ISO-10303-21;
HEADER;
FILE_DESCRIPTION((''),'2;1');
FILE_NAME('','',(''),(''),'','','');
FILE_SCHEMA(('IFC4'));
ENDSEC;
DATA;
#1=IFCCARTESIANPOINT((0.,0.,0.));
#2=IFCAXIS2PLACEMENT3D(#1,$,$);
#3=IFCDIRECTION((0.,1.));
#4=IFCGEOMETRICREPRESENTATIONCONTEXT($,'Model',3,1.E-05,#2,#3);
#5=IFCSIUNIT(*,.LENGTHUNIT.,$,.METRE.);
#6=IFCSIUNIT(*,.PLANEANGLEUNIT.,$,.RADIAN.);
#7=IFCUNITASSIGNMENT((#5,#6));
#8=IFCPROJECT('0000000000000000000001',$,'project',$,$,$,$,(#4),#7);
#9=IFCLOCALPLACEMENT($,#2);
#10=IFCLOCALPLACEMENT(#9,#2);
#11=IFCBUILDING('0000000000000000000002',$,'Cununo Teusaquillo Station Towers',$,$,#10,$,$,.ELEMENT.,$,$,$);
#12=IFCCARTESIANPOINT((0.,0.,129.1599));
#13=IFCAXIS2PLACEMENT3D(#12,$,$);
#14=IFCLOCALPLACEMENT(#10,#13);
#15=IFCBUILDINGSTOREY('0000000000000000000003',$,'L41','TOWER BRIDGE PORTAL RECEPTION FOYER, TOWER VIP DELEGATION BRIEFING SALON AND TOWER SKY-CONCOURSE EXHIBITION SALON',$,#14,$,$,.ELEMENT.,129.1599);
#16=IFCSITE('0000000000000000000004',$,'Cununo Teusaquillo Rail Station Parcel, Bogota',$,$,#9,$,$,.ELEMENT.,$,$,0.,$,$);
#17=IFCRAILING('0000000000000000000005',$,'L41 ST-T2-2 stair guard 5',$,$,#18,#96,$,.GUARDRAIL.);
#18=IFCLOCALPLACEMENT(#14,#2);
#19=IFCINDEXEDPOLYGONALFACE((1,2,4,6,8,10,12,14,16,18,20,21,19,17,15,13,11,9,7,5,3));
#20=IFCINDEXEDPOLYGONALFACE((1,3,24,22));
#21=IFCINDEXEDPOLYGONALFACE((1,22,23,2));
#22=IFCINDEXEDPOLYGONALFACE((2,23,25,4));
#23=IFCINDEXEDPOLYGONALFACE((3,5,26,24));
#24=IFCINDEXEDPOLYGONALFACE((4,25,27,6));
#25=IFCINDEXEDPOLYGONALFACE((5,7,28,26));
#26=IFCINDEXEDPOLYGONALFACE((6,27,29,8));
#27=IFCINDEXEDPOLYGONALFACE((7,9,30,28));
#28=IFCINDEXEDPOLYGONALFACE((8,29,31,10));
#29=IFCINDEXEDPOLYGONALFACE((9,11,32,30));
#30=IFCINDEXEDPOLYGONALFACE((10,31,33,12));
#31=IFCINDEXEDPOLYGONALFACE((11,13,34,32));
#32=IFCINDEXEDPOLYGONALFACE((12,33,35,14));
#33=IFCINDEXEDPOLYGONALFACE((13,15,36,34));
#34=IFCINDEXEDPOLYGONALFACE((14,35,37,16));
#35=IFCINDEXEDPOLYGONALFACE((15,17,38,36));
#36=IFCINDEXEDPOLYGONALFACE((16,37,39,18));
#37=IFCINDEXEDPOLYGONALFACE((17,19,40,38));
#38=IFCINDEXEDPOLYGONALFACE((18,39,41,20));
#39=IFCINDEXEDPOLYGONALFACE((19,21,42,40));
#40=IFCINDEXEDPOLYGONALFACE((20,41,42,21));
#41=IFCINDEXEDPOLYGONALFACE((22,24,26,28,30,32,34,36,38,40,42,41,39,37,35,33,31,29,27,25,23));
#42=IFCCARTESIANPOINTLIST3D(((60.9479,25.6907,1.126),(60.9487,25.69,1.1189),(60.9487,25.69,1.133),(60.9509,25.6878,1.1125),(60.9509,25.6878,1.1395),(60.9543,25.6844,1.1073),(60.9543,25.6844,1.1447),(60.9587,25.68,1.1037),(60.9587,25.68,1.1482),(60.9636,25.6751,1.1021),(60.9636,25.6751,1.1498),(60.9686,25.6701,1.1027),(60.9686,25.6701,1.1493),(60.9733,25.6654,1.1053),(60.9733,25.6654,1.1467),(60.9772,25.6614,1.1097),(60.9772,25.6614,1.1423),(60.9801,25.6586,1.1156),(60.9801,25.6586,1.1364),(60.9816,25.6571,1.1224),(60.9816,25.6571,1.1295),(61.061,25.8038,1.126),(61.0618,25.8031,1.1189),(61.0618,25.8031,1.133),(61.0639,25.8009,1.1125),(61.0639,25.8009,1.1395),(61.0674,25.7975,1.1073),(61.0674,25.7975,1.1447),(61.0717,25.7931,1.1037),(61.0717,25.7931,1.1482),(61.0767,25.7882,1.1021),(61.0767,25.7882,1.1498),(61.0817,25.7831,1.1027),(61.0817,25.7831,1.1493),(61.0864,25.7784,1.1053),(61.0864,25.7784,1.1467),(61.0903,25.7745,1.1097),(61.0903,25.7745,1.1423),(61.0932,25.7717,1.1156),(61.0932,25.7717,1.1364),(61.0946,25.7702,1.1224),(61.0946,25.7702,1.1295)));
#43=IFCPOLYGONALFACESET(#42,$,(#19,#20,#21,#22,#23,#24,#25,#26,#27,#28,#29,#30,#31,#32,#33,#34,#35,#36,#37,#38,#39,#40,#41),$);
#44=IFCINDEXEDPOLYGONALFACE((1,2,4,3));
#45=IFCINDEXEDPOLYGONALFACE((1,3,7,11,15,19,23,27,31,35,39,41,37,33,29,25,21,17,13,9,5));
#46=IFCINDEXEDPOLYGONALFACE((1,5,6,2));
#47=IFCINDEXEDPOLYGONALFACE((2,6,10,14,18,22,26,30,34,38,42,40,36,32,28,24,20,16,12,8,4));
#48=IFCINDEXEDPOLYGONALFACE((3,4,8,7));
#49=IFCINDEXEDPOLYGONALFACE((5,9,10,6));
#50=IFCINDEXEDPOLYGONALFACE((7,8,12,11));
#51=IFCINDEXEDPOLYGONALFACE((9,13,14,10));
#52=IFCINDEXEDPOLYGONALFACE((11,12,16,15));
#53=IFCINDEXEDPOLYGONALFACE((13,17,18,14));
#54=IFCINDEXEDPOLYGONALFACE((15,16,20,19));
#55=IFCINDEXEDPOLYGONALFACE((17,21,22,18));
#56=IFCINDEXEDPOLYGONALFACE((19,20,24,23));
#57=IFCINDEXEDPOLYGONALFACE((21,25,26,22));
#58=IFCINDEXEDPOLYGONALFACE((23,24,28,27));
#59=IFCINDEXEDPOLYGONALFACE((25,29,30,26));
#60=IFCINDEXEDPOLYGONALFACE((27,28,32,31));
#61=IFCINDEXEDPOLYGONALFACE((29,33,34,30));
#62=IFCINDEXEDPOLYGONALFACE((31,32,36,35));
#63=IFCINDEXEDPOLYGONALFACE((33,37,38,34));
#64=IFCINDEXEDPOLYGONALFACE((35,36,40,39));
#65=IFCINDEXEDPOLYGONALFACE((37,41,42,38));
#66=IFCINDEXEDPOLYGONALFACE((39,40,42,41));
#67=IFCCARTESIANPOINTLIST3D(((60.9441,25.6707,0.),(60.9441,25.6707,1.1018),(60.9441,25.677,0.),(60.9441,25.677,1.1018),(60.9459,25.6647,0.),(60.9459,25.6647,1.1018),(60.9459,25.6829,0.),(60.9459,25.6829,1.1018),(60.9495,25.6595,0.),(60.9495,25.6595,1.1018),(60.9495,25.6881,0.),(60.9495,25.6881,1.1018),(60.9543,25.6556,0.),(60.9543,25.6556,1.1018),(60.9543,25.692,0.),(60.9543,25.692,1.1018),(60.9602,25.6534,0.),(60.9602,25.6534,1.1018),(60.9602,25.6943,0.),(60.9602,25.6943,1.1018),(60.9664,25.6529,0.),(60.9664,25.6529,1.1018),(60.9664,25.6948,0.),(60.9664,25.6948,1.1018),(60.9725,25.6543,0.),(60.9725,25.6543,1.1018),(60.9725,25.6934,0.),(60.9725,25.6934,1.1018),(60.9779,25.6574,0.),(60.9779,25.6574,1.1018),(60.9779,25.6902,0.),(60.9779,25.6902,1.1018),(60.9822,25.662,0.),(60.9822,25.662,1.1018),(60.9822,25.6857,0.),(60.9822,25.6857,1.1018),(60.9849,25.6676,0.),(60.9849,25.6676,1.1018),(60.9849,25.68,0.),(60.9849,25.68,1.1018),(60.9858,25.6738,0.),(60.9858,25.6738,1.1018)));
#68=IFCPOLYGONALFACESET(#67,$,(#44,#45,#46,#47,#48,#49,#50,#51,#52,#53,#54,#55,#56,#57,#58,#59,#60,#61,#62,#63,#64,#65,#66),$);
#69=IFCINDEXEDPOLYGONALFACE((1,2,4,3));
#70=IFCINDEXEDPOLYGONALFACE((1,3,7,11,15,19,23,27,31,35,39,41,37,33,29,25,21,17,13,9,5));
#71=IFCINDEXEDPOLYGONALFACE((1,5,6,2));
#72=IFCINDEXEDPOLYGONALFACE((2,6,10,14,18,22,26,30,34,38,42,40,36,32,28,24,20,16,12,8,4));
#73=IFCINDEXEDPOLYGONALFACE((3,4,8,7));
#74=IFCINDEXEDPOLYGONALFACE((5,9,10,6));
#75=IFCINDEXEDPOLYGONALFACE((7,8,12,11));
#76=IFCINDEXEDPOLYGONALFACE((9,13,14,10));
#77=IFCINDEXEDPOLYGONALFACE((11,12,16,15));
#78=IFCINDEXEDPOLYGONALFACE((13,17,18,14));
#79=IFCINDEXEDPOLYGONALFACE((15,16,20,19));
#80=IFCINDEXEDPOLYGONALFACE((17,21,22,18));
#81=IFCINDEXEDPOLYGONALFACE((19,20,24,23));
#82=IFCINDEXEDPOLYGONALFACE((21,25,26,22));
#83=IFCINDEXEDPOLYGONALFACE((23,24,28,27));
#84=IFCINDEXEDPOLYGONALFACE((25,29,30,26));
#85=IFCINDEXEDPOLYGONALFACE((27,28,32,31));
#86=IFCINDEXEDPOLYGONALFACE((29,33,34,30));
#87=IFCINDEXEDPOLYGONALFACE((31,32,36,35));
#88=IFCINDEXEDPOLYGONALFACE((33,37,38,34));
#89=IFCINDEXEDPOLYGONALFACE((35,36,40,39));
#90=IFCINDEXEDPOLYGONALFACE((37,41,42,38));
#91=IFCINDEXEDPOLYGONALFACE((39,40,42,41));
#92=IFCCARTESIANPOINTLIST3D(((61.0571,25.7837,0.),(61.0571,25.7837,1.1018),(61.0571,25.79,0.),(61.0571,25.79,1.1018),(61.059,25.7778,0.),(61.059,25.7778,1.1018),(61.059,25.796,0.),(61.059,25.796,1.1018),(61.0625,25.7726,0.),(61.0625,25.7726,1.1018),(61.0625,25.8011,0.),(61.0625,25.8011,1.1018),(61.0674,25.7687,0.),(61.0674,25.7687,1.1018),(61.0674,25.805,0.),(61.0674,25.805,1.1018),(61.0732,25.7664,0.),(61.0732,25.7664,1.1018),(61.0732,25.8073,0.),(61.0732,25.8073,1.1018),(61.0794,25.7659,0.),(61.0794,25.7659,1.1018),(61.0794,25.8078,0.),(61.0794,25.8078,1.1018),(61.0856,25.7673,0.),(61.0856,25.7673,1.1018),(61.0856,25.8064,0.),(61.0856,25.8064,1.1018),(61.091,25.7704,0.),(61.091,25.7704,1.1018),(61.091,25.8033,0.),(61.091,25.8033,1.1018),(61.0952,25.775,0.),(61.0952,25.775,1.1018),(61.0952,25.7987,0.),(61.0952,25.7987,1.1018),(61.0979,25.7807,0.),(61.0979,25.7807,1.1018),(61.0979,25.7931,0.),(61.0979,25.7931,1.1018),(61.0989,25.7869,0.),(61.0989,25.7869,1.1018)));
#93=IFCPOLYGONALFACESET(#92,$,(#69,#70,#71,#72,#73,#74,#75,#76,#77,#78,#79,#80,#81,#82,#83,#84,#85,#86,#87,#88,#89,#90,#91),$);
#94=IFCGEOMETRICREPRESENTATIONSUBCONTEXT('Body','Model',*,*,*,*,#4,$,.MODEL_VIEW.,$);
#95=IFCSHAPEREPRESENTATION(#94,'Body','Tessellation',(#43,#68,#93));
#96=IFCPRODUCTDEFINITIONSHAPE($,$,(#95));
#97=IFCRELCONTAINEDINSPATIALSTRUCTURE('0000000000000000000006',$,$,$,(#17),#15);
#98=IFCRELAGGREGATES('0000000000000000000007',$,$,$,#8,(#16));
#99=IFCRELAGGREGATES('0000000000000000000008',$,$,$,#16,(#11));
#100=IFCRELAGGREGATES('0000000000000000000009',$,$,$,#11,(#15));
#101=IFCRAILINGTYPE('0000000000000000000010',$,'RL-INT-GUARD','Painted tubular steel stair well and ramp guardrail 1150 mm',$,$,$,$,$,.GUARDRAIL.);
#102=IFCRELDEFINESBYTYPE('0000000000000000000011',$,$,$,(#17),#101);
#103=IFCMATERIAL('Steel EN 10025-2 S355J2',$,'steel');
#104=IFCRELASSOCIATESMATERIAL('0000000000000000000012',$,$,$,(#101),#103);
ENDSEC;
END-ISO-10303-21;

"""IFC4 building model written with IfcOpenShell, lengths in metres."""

from ifc_helpers import new_model, si_unit, direction, frame, origin, origin_2d, place, context, subcontext, project, spatial, circle, extrude, material, type_object, element, save


model = new_model("IFC4")

# Units and contexts
model_context = context("Model", 3, precision=1e-05, world=origin(), true_north=direction((0.0, 1.0)))
body_context = subcontext(model_context, "Body", "Model", "MODEL_VIEW")
ifc_project = project(units=[si_unit("LENGTHUNIT", "METRE"), si_unit("PLANEANGLEUNIT", "RADIAN")], contexts=[model_context])

# Site, building, storey
site_placement = place(None, origin())
site = spatial("IfcSite", under=ifc_project, at=site_placement, Name="Cununo Teusaquillo Rail Station Parcel, Bogota", CompositionType="ELEMENT", RefElevation=0.0)
building_placement = place(site_placement, origin())
building = spatial("IfcBuilding", under=site, at=building_placement, Name="Cununo Teusaquillo Station Towers", CompositionType="ELEMENT")
storey_placement = place(building_placement, frame((0.0, 0.0, 129.1599)))
storey = spatial("IfcBuildingStorey", under=building, at=storey_placement, Name="L41", Description="TOWER BRIDGE PORTAL RECEPTION FOYER, TOWER VIP DELEGATION BRIEFING SALON AND TOWER SKY-CONCOURSE EXHIBITION SALON", CompositionType="ELEMENT", Elevation=129.1599)

# Railing
ifc_material_1 = material(Name="Steel EN 10025-2 S355J2", Category="steel")
railing_type_1 = type_object("IfcRailingType", Name="RL-INT-GUARD", Description="Painted tubular steel stair well and ramp guardrail 1150 mm", PredefinedType="GUARDRAIL", material=ifc_material_1)
railing_1_placement = place(storey_placement, frame((60.9648, 25.6738, 0.0)))
element("IfcRailing", 1, at=railing_1_placement, inside=storey, type_object=railing_type_1, Name="L41 ST-T2-2 stair guard 5", PredefinedType="GUARDRAIL", context=body_context, shape_type="SweptSolid", body=[
    extrude(circle(Radius=0.0239, at=origin_2d()), frame((0.0, 0.0, 1.126), z_axis=(0.707107, 0.707107, 0.0), x_axis=(-0.707107, 0.707107, 0.0)), (0.0, 0.0, 1.0), 0.1599),
    extrude(circle(Radius=0.021, at=origin_2d()), origin(), (0.0, 0.0, 1.0), 1.1018),
    extrude(circle(Radius=0.021, at=origin_2d()), frame((0.113, 0.113, 0.0)), (0.0, 0.0, 1.0), 1.1018),
])

save(model, "model.ifc")
